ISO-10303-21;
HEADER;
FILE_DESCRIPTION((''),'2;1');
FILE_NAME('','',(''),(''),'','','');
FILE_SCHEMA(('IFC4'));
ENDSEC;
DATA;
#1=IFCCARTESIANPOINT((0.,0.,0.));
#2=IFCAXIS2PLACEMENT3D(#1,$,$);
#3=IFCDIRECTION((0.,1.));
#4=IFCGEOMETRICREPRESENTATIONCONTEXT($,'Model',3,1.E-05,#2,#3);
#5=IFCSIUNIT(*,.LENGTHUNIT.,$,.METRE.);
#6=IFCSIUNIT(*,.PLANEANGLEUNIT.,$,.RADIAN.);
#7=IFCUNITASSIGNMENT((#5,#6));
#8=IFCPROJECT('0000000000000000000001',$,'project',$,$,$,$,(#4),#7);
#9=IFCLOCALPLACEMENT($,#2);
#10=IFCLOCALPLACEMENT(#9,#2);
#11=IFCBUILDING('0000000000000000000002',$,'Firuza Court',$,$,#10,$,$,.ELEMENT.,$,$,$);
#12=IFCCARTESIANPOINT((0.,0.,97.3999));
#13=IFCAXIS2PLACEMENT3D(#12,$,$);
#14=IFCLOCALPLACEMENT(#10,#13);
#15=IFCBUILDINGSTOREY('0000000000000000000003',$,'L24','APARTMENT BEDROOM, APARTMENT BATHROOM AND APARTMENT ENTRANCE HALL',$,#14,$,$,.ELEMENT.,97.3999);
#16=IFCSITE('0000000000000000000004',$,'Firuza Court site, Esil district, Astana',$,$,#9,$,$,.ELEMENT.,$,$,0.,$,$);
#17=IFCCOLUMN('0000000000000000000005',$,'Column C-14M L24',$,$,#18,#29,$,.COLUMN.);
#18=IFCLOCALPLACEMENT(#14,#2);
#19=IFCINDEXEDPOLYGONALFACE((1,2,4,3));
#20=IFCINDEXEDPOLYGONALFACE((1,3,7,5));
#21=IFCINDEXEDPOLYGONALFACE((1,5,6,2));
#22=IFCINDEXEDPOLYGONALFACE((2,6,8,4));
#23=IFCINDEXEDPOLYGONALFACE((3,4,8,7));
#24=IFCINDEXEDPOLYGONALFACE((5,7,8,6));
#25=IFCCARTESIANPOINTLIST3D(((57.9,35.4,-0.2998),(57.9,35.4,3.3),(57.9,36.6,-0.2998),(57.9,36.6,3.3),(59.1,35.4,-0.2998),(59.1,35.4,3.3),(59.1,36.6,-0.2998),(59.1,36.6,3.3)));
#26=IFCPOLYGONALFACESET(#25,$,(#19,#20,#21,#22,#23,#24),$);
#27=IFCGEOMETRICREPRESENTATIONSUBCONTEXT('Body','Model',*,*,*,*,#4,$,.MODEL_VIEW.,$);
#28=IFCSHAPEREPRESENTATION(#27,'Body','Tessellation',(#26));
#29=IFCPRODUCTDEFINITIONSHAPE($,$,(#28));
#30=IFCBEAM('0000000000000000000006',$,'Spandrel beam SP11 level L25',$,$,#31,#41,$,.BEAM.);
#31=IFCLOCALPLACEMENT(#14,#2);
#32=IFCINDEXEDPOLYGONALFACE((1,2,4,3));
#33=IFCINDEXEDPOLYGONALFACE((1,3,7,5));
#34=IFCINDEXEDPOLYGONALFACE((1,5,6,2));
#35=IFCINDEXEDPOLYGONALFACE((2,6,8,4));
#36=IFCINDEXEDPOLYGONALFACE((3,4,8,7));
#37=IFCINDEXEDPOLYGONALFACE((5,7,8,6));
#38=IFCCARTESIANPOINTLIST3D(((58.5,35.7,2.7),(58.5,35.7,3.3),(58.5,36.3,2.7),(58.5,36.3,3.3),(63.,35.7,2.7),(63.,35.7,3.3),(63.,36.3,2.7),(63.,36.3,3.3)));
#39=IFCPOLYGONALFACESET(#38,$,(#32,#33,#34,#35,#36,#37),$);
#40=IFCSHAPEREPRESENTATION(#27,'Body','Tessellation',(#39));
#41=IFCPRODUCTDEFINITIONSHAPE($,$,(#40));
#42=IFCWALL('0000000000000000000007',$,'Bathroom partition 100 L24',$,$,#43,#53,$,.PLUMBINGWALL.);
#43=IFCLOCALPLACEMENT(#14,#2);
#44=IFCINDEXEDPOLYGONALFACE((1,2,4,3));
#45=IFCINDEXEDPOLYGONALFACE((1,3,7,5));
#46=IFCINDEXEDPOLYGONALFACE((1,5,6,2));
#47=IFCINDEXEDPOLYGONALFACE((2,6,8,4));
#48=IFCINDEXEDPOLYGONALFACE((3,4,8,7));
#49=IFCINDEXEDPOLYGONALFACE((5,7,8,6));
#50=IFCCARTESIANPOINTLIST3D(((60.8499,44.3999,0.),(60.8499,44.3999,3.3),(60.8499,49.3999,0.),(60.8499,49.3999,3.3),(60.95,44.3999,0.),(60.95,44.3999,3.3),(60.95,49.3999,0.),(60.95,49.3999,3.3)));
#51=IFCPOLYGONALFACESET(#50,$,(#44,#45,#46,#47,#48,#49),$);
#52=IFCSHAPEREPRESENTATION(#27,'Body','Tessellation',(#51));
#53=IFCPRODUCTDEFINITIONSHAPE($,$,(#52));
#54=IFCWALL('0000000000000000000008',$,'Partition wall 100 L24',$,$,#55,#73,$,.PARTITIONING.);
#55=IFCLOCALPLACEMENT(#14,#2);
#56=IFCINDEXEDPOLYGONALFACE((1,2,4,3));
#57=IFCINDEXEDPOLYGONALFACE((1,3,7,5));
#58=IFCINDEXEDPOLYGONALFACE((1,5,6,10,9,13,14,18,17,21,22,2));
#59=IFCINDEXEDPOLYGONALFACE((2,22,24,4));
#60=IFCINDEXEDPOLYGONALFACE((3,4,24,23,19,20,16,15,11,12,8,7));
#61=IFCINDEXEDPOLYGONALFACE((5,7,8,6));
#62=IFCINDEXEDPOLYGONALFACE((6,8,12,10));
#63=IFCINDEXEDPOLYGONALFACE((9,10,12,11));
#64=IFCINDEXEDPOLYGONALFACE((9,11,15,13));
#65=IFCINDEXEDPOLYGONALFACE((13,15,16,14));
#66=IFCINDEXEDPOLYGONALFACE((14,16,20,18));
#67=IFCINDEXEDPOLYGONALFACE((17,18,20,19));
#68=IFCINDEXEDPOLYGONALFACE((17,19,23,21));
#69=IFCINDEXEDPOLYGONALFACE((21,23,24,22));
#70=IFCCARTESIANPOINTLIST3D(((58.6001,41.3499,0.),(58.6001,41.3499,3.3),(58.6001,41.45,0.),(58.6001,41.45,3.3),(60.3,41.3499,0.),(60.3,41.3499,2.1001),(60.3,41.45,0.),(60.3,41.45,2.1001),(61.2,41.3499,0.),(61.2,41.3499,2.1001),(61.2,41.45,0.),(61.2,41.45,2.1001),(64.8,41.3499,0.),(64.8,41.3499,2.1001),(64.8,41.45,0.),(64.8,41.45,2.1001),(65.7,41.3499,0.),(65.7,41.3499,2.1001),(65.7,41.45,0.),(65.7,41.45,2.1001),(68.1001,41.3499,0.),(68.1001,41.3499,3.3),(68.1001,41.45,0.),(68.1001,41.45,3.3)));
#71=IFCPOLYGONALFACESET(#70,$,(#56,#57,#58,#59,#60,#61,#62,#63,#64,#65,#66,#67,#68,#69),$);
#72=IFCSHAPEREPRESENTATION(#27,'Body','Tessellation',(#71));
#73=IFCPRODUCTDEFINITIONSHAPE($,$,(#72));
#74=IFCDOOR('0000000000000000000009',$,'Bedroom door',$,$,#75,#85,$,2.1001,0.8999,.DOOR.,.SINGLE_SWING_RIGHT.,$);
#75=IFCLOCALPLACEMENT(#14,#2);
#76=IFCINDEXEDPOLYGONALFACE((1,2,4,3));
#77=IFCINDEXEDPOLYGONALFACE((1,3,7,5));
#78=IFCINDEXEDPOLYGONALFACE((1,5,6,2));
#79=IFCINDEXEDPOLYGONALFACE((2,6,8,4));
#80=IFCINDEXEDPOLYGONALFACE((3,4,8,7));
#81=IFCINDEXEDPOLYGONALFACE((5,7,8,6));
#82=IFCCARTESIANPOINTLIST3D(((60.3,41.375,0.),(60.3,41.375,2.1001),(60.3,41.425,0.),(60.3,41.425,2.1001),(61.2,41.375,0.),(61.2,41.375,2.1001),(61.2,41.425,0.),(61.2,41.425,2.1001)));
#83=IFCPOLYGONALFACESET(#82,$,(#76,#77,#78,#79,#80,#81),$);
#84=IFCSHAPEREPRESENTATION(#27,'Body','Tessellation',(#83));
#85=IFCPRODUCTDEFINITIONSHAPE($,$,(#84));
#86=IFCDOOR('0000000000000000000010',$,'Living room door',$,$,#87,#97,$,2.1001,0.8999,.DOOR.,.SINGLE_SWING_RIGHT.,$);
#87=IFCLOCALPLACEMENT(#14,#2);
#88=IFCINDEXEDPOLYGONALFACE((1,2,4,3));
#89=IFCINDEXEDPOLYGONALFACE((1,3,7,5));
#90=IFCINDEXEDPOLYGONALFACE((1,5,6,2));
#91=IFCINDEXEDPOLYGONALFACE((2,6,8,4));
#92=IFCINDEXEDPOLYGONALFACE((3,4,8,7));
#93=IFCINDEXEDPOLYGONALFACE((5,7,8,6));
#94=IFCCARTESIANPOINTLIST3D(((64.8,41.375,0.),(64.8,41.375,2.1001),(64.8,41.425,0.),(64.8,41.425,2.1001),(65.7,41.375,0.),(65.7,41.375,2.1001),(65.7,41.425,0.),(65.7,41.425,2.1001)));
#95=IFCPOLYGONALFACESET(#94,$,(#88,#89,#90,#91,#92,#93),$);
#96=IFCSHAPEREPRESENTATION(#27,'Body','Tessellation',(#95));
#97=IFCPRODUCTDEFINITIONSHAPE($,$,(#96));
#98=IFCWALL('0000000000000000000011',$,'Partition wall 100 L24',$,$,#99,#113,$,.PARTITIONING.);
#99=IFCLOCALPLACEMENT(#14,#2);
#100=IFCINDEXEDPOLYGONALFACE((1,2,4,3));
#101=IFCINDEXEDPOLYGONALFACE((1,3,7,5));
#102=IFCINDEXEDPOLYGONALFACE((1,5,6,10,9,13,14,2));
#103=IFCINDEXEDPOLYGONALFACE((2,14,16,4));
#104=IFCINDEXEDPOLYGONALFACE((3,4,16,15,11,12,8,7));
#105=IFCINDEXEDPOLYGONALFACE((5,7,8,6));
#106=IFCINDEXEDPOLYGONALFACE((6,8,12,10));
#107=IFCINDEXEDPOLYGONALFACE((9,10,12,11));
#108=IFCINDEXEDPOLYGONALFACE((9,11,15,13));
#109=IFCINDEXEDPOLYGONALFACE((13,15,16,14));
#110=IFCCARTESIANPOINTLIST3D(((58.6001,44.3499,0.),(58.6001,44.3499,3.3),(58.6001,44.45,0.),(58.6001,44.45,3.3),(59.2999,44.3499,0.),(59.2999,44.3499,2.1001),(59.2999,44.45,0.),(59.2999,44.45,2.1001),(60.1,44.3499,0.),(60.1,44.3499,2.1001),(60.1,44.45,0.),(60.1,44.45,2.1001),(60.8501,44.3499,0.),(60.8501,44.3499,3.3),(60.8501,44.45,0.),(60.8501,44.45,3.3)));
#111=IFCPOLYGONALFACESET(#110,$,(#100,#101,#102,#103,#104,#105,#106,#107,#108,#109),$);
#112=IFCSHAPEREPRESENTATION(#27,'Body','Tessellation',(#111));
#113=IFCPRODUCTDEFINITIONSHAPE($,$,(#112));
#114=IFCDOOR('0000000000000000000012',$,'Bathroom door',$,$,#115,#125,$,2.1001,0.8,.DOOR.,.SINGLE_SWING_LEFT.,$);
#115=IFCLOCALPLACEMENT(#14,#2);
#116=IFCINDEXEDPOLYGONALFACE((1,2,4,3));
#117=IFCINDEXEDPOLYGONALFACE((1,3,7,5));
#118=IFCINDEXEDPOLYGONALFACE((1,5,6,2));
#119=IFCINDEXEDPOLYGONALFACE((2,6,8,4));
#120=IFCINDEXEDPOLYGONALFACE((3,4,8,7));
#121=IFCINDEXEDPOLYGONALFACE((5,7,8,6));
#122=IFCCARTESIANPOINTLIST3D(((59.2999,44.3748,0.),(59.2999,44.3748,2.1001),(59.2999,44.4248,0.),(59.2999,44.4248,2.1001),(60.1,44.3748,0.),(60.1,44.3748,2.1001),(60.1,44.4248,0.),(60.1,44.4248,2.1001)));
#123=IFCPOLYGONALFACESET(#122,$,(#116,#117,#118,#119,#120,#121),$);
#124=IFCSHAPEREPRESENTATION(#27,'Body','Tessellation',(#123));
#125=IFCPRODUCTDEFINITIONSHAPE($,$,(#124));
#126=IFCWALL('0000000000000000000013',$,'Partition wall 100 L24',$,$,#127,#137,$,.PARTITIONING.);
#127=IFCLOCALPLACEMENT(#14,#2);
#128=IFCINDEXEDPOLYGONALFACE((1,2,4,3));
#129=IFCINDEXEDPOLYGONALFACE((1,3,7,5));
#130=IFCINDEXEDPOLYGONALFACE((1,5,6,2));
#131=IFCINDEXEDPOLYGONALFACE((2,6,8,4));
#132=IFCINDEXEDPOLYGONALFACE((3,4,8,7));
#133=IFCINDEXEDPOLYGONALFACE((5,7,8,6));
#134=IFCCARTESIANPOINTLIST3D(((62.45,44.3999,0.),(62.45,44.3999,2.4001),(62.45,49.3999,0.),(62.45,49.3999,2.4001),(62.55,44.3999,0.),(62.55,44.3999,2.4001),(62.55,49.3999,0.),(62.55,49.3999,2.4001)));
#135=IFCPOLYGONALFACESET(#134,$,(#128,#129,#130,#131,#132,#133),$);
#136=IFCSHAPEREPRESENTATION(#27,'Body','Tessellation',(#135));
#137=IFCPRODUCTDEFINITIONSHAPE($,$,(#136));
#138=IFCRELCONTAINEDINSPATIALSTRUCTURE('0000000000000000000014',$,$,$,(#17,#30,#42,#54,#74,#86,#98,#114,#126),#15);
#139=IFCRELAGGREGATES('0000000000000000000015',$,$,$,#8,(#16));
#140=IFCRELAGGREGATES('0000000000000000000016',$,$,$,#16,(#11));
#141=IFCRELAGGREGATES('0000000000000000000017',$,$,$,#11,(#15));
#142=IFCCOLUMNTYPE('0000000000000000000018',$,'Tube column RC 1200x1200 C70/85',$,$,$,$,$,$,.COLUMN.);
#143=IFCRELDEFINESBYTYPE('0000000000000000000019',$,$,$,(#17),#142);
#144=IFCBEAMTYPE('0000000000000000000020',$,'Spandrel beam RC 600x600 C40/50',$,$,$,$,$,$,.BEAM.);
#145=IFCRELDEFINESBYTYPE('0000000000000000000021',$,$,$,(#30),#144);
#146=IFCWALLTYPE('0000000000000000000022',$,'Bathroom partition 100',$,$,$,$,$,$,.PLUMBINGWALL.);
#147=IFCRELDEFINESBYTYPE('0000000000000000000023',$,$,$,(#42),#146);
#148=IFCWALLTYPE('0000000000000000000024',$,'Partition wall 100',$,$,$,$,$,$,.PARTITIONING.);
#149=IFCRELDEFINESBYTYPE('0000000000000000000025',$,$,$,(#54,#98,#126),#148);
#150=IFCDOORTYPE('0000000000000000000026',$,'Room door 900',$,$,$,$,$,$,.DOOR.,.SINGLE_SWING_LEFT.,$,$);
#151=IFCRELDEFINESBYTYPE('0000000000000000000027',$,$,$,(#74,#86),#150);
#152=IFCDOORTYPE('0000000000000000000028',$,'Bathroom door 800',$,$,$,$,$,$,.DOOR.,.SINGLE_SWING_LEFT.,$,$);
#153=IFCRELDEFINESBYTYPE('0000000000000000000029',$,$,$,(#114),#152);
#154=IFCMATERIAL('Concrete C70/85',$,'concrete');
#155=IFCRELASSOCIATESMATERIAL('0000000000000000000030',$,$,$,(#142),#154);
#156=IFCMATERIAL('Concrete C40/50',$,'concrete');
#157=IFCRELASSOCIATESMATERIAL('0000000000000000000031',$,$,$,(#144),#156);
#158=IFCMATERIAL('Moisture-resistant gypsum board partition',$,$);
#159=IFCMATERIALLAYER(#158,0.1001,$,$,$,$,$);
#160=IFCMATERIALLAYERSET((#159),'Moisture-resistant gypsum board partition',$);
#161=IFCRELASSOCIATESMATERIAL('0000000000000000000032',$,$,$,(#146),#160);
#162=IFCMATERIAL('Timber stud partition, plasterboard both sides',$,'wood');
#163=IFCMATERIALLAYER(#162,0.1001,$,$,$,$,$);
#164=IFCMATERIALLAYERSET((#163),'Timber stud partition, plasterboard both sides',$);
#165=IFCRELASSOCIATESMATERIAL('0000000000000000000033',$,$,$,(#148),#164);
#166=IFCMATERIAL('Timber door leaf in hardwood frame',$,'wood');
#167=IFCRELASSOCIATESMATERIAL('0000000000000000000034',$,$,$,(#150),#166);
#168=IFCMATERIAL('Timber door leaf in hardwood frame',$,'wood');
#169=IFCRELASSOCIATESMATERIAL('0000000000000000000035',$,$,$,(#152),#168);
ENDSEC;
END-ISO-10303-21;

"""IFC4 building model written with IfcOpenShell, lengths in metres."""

from ifc_helpers import new_model, si_unit, direction, frame, frame_2d, origin, origin_2d, place, context, subcontext, project, spatial, rectangle, extrude, material, layer, layer_set, material_profile, profile_set, type_object, element, fill, save


model = new_model("IFC4")

# Units and contexts
model_context = context("Model", 3, precision=1e-05, world=origin(), true_north=direction((0.0, 1.0)))
body_context = subcontext(model_context, "Body", "Model", "MODEL_VIEW")
ifc_project = project(units=[si_unit("LENGTHUNIT", "METRE"), si_unit("PLANEANGLEUNIT", "RADIAN")], contexts=[model_context])

# Site, building, storey
site_placement = place(None, origin())
site = spatial("IfcSite", under=ifc_project, at=site_placement, Name="Firuza Court site, Esil district, Astana", CompositionType="ELEMENT", RefElevation=0.0)
building_placement = place(site_placement, origin())
building = spatial("IfcBuilding", under=site, at=building_placement, Name="Firuza Court", CompositionType="ELEMENT")
storey_placement = place(building_placement, frame((0.0, 0.0, 97.3999)))
storey = spatial("IfcBuildingStorey", under=building, at=storey_placement, Name="L24", Description="APARTMENT BEDROOM, APARTMENT BATHROOM AND APARTMENT ENTRANCE HALL", CompositionType="ELEMENT", Elevation=97.3999)

# Column
ifc_material_1 = material(Name="Concrete C70/85", Category="concrete")
ifc_material_profile_1 = material_profile(ifc_material_1, rectangle(XDim=1.2, YDim=1.2, at=origin_2d()), Name="RC 1200x1200")
ifc_profile_set_1 = profile_set([ifc_material_profile_1], Name="Concrete C70/85")
column_type = type_object("IfcColumnType", Name="Tube column RC 1200x1200 C70/85", PredefinedType="COLUMN", material=ifc_profile_set_1)
column_placement = place(storey_placement, frame((58.5, 36.0, -0.2998), z_axis=(0.0, 0.0, 1.0), x_axis=(1.0, 0.0, 0.0)))
element("IfcColumn", 1, at=column_placement, inside=storey, type_object=column_type, Name="Column C-14M L24", PredefinedType="COLUMN", context=body_context, shape_type="SweptSolid", body=[
    extrude(rectangle(XDim=1.2, YDim=1.2, at=origin_2d()), origin(), (0.0, 0.0, 1.0), 3.5999),
])

# Beam
ifc_material_2 = material(Name="Concrete C40/50", Category="concrete")
ifc_material_profile_2 = material_profile(ifc_material_2, rectangle(XDim=0.6001, YDim=0.6001, at=origin_2d()), Name="RC 600x600")
ifc_profile_set_2 = profile_set([ifc_material_profile_2], Name="Concrete C40/50")
beam_type = type_object("IfcBeamType", Name="Spandrel beam RC 600x600 C40/50", PredefinedType="BEAM", material=ifc_profile_set_2)
beam_placement = place(storey_placement, frame((58.5, 36.0, 3.0), z_axis=(1.0, 0.0, 0.0), x_axis=(0.0, 1.0, 0.0)))
element("IfcBeam", 2, at=beam_placement, inside=storey, type_object=beam_type, Name="Spandrel beam SP11 level L25", PredefinedType="BEAM", context=body_context, shape_type="SweptSolid", body=[
    extrude(rectangle(XDim=0.6001, YDim=0.6001, at=origin_2d()), origin(), (0.0, 0.0, 1.0), 4.5),
])

# Wall
ifc_material_3 = material(Name="Moisture-resistant gypsum board partition")
ifc_layer_1 = layer(ifc_material_3, 0.1001)
ifc_layer_set_1 = layer_set([ifc_layer_1], Name="Moisture-resistant gypsum board partition")
wall_type_1 = type_object("IfcWallType", Name="Bathroom partition 100", PredefinedType="PLUMBINGWALL", material=ifc_layer_set_1)
wall_1_placement = place(storey_placement, frame((60.8999, 44.3999, 0.0), z_axis=(0.0, 0.0, 1.0), x_axis=(0.0, 1.0, 0.0)))
element("IfcWall", 3, at=wall_1_placement, inside=storey, type_object=wall_type_1, Name="Bathroom partition 100 L24", PredefinedType="PLUMBINGWALL", context=body_context, shape_type="SweptSolid", body=[
    extrude(rectangle(XDim=5.0, YDim=0.1001, at=frame_2d((2.5, 0.0))), origin(), (0.0, 0.0, 1.0), 3.3),
])

# Wall, openings, doors
ifc_material_4 = material(Name="Timber stud partition, plasterboard both sides", Category="wood")
ifc_layer_2 = layer(ifc_material_4, 0.1001)
ifc_layer_set_2 = layer_set([ifc_layer_2], Name="Timber stud partition, plasterboard both sides")
wall_type_2 = type_object("IfcWallType", Name="Partition wall 100", PredefinedType="PARTITIONING", material=ifc_layer_set_2)
wall_2_placement = place(storey_placement, frame((58.6001, 41.3999, 0.0), z_axis=(0.0, 0.0, 1.0), x_axis=(1.0, 0.0, 0.0)))
wall_2 = element("IfcWall", 4, at=wall_2_placement, inside=storey, type_object=wall_type_2, Name="Partition wall 100 L24", PredefinedType="PARTITIONING", context=body_context, shape_type="SweptSolid", body=[
    extrude(rectangle(XDim=9.5, YDim=0.1001, at=frame_2d((4.75, 0.0))), origin(), (0.0, 0.0, 1.0), 3.3),
])
opening_1_placement = place(wall_2_placement, frame((1.7, 0.0, 0.0)))
opening_1 = element("IfcOpeningElement", 5, at=opening_1_placement, cuts=wall_2, PredefinedType="OPENING", context=body_context, shape_type="SweptSolid", body=[
    extrude(rectangle(XDim=0.8999, YDim=2.1001, at=frame_2d((0.45, 1.05))), frame((0.0, 0.062, 0.0), z_axis=(0.0, -1.0, 0.0), x_axis=(1.0, 0.0, 0.0)), (0.0, 0.0, 1.0), 0.124),
])
opening_2_placement = place(wall_2_placement, frame((6.2, 0.0, 0.0)))
opening_2 = element("IfcOpeningElement", 6, at=opening_2_placement, cuts=wall_2, PredefinedType="OPENING", context=body_context, shape_type="SweptSolid", body=[
    extrude(rectangle(XDim=0.8999, YDim=2.1001, at=frame_2d((0.45, 1.05))), frame((0.0, 0.062, 0.0), z_axis=(0.0, -1.0, 0.0), x_axis=(1.0, 0.0, 0.0)), (0.0, 0.0, 1.0), 0.124),
])
ifc_material_5 = material(Name="Timber door leaf in hardwood frame", Category="wood")
door_type_1 = type_object("IfcDoorType", Name="Room door 900", OperationType="SINGLE_SWING_LEFT", PredefinedType="DOOR", material=ifc_material_5)
door_1_placement = place(opening_1_placement, frame((0.8999, 0.0, 0.0), z_axis=(0.0, 0.0, 1.0), x_axis=(-1.0, 0.0, 0.0)))
door_1 = element("IfcDoor", 7, at=door_1_placement, inside=storey, type_object=door_type_1, Name="Bedroom door", OperationType="SINGLE_SWING_RIGHT", OverallHeight=2.1001, OverallWidth=0.8999, PredefinedType="DOOR", context=body_context, shape_type="SweptSolid", body=[
    extrude(rectangle(XDim=0.8999, YDim=2.1001, at=frame_2d((0.45, 1.05))), frame((0.0, 0.0249, 0.0), z_axis=(0.0, -1.0, 0.0), x_axis=(1.0, 0.0, 0.0)), (0.0, 0.0, 1.0), 0.05),
])
fill(opening_1, door_1)
door_2_placement = place(opening_2_placement, frame((0.8999, 0.0, 0.0), z_axis=(0.0, 0.0, 1.0), x_axis=(-1.0, 0.0, 0.0)))
door_2 = element("IfcDoor", 8, at=door_2_placement, inside=storey, type_object=door_type_1, Name="Living room door", OperationType="SINGLE_SWING_RIGHT", OverallHeight=2.1001, OverallWidth=0.8999, PredefinedType="DOOR", context=body_context, shape_type="SweptSolid", body=[
    extrude(rectangle(XDim=0.8999, YDim=2.1001, at=frame_2d((0.45, 1.05))), frame((0.0, 0.0249, 0.0), z_axis=(0.0, -1.0, 0.0), x_axis=(1.0, 0.0, 0.0)), (0.0, 0.0, 1.0), 0.05),
])
fill(opening_2, door_2)

# Wall, opening, door
wall_3_placement = place(storey_placement, frame((58.6001, 44.3999, 0.0), z_axis=(0.0, 0.0, 1.0), x_axis=(1.0, 0.0, 0.0)))
wall_3 = element("IfcWall", 9, at=wall_3_placement, inside=storey, type_object=wall_type_2, Name="Partition wall 100 L24", PredefinedType="PARTITIONING", context=body_context, shape_type="SweptSolid", body=[
    extrude(rectangle(XDim=2.25, YDim=0.1001, at=frame_2d((1.125, 0.0))), origin(), (0.0, 0.0, 1.0), 3.3),
])
opening_3_placement = place(wall_3_placement, frame((0.7, 0.0, 0.0)))
opening_3 = element("IfcOpeningElement", 10, at=opening_3_placement, cuts=wall_3, PredefinedType="OPENING", context=body_context, shape_type="SweptSolid", body=[
    extrude(rectangle(XDim=0.8, YDim=2.1001, at=frame_2d((0.3999, 1.05))), frame((0.0, 0.062, 0.0), z_axis=(0.0, -1.0, 0.0), x_axis=(1.0, 0.0, 0.0)), (0.0, 0.0, 1.0), 0.124),
])
ifc_material_6 = material(Name="Timber door leaf in hardwood frame", Category="wood")
door_type_2 = type_object("IfcDoorType", Name="Bathroom door 800", OperationType="SINGLE_SWING_LEFT", PredefinedType="DOOR", material=ifc_material_6)
door_3_placement = place(opening_3_placement, origin())
door_3 = element("IfcDoor", 11, at=door_3_placement, inside=storey, type_object=door_type_2, Name="Bathroom door", OperationType="SINGLE_SWING_LEFT", OverallHeight=2.1001, OverallWidth=0.8, PredefinedType="DOOR", context=body_context, shape_type="SweptSolid", body=[
    extrude(rectangle(XDim=0.8, YDim=2.1001, at=frame_2d((0.3999, 1.05))), frame((0.0, 0.0249, 0.0), z_axis=(0.0, -1.0, 0.0), x_axis=(1.0, 0.0, 0.0)), (0.0, 0.0, 1.0), 0.05),
])
fill(opening_3, door_3)

# Wall
wall_4_placement = place(storey_placement, frame((62.5, 44.3999, 0.0), z_axis=(0.0, 0.0, 1.0), x_axis=(0.0, 1.0, 0.0)))
element("IfcWall", 12, at=wall_4_placement, inside=storey, type_object=wall_type_2, Name="Partition wall 100 L24", PredefinedType="PARTITIONING", context=body_context, shape_type="SweptSolid", body=[
    extrude(rectangle(XDim=5.0, YDim=0.1001, at=frame_2d((2.5, 0.0))), origin(), (0.0, 0.0, 1.0), 2.4001),
])

save(model, "model.ifc")
